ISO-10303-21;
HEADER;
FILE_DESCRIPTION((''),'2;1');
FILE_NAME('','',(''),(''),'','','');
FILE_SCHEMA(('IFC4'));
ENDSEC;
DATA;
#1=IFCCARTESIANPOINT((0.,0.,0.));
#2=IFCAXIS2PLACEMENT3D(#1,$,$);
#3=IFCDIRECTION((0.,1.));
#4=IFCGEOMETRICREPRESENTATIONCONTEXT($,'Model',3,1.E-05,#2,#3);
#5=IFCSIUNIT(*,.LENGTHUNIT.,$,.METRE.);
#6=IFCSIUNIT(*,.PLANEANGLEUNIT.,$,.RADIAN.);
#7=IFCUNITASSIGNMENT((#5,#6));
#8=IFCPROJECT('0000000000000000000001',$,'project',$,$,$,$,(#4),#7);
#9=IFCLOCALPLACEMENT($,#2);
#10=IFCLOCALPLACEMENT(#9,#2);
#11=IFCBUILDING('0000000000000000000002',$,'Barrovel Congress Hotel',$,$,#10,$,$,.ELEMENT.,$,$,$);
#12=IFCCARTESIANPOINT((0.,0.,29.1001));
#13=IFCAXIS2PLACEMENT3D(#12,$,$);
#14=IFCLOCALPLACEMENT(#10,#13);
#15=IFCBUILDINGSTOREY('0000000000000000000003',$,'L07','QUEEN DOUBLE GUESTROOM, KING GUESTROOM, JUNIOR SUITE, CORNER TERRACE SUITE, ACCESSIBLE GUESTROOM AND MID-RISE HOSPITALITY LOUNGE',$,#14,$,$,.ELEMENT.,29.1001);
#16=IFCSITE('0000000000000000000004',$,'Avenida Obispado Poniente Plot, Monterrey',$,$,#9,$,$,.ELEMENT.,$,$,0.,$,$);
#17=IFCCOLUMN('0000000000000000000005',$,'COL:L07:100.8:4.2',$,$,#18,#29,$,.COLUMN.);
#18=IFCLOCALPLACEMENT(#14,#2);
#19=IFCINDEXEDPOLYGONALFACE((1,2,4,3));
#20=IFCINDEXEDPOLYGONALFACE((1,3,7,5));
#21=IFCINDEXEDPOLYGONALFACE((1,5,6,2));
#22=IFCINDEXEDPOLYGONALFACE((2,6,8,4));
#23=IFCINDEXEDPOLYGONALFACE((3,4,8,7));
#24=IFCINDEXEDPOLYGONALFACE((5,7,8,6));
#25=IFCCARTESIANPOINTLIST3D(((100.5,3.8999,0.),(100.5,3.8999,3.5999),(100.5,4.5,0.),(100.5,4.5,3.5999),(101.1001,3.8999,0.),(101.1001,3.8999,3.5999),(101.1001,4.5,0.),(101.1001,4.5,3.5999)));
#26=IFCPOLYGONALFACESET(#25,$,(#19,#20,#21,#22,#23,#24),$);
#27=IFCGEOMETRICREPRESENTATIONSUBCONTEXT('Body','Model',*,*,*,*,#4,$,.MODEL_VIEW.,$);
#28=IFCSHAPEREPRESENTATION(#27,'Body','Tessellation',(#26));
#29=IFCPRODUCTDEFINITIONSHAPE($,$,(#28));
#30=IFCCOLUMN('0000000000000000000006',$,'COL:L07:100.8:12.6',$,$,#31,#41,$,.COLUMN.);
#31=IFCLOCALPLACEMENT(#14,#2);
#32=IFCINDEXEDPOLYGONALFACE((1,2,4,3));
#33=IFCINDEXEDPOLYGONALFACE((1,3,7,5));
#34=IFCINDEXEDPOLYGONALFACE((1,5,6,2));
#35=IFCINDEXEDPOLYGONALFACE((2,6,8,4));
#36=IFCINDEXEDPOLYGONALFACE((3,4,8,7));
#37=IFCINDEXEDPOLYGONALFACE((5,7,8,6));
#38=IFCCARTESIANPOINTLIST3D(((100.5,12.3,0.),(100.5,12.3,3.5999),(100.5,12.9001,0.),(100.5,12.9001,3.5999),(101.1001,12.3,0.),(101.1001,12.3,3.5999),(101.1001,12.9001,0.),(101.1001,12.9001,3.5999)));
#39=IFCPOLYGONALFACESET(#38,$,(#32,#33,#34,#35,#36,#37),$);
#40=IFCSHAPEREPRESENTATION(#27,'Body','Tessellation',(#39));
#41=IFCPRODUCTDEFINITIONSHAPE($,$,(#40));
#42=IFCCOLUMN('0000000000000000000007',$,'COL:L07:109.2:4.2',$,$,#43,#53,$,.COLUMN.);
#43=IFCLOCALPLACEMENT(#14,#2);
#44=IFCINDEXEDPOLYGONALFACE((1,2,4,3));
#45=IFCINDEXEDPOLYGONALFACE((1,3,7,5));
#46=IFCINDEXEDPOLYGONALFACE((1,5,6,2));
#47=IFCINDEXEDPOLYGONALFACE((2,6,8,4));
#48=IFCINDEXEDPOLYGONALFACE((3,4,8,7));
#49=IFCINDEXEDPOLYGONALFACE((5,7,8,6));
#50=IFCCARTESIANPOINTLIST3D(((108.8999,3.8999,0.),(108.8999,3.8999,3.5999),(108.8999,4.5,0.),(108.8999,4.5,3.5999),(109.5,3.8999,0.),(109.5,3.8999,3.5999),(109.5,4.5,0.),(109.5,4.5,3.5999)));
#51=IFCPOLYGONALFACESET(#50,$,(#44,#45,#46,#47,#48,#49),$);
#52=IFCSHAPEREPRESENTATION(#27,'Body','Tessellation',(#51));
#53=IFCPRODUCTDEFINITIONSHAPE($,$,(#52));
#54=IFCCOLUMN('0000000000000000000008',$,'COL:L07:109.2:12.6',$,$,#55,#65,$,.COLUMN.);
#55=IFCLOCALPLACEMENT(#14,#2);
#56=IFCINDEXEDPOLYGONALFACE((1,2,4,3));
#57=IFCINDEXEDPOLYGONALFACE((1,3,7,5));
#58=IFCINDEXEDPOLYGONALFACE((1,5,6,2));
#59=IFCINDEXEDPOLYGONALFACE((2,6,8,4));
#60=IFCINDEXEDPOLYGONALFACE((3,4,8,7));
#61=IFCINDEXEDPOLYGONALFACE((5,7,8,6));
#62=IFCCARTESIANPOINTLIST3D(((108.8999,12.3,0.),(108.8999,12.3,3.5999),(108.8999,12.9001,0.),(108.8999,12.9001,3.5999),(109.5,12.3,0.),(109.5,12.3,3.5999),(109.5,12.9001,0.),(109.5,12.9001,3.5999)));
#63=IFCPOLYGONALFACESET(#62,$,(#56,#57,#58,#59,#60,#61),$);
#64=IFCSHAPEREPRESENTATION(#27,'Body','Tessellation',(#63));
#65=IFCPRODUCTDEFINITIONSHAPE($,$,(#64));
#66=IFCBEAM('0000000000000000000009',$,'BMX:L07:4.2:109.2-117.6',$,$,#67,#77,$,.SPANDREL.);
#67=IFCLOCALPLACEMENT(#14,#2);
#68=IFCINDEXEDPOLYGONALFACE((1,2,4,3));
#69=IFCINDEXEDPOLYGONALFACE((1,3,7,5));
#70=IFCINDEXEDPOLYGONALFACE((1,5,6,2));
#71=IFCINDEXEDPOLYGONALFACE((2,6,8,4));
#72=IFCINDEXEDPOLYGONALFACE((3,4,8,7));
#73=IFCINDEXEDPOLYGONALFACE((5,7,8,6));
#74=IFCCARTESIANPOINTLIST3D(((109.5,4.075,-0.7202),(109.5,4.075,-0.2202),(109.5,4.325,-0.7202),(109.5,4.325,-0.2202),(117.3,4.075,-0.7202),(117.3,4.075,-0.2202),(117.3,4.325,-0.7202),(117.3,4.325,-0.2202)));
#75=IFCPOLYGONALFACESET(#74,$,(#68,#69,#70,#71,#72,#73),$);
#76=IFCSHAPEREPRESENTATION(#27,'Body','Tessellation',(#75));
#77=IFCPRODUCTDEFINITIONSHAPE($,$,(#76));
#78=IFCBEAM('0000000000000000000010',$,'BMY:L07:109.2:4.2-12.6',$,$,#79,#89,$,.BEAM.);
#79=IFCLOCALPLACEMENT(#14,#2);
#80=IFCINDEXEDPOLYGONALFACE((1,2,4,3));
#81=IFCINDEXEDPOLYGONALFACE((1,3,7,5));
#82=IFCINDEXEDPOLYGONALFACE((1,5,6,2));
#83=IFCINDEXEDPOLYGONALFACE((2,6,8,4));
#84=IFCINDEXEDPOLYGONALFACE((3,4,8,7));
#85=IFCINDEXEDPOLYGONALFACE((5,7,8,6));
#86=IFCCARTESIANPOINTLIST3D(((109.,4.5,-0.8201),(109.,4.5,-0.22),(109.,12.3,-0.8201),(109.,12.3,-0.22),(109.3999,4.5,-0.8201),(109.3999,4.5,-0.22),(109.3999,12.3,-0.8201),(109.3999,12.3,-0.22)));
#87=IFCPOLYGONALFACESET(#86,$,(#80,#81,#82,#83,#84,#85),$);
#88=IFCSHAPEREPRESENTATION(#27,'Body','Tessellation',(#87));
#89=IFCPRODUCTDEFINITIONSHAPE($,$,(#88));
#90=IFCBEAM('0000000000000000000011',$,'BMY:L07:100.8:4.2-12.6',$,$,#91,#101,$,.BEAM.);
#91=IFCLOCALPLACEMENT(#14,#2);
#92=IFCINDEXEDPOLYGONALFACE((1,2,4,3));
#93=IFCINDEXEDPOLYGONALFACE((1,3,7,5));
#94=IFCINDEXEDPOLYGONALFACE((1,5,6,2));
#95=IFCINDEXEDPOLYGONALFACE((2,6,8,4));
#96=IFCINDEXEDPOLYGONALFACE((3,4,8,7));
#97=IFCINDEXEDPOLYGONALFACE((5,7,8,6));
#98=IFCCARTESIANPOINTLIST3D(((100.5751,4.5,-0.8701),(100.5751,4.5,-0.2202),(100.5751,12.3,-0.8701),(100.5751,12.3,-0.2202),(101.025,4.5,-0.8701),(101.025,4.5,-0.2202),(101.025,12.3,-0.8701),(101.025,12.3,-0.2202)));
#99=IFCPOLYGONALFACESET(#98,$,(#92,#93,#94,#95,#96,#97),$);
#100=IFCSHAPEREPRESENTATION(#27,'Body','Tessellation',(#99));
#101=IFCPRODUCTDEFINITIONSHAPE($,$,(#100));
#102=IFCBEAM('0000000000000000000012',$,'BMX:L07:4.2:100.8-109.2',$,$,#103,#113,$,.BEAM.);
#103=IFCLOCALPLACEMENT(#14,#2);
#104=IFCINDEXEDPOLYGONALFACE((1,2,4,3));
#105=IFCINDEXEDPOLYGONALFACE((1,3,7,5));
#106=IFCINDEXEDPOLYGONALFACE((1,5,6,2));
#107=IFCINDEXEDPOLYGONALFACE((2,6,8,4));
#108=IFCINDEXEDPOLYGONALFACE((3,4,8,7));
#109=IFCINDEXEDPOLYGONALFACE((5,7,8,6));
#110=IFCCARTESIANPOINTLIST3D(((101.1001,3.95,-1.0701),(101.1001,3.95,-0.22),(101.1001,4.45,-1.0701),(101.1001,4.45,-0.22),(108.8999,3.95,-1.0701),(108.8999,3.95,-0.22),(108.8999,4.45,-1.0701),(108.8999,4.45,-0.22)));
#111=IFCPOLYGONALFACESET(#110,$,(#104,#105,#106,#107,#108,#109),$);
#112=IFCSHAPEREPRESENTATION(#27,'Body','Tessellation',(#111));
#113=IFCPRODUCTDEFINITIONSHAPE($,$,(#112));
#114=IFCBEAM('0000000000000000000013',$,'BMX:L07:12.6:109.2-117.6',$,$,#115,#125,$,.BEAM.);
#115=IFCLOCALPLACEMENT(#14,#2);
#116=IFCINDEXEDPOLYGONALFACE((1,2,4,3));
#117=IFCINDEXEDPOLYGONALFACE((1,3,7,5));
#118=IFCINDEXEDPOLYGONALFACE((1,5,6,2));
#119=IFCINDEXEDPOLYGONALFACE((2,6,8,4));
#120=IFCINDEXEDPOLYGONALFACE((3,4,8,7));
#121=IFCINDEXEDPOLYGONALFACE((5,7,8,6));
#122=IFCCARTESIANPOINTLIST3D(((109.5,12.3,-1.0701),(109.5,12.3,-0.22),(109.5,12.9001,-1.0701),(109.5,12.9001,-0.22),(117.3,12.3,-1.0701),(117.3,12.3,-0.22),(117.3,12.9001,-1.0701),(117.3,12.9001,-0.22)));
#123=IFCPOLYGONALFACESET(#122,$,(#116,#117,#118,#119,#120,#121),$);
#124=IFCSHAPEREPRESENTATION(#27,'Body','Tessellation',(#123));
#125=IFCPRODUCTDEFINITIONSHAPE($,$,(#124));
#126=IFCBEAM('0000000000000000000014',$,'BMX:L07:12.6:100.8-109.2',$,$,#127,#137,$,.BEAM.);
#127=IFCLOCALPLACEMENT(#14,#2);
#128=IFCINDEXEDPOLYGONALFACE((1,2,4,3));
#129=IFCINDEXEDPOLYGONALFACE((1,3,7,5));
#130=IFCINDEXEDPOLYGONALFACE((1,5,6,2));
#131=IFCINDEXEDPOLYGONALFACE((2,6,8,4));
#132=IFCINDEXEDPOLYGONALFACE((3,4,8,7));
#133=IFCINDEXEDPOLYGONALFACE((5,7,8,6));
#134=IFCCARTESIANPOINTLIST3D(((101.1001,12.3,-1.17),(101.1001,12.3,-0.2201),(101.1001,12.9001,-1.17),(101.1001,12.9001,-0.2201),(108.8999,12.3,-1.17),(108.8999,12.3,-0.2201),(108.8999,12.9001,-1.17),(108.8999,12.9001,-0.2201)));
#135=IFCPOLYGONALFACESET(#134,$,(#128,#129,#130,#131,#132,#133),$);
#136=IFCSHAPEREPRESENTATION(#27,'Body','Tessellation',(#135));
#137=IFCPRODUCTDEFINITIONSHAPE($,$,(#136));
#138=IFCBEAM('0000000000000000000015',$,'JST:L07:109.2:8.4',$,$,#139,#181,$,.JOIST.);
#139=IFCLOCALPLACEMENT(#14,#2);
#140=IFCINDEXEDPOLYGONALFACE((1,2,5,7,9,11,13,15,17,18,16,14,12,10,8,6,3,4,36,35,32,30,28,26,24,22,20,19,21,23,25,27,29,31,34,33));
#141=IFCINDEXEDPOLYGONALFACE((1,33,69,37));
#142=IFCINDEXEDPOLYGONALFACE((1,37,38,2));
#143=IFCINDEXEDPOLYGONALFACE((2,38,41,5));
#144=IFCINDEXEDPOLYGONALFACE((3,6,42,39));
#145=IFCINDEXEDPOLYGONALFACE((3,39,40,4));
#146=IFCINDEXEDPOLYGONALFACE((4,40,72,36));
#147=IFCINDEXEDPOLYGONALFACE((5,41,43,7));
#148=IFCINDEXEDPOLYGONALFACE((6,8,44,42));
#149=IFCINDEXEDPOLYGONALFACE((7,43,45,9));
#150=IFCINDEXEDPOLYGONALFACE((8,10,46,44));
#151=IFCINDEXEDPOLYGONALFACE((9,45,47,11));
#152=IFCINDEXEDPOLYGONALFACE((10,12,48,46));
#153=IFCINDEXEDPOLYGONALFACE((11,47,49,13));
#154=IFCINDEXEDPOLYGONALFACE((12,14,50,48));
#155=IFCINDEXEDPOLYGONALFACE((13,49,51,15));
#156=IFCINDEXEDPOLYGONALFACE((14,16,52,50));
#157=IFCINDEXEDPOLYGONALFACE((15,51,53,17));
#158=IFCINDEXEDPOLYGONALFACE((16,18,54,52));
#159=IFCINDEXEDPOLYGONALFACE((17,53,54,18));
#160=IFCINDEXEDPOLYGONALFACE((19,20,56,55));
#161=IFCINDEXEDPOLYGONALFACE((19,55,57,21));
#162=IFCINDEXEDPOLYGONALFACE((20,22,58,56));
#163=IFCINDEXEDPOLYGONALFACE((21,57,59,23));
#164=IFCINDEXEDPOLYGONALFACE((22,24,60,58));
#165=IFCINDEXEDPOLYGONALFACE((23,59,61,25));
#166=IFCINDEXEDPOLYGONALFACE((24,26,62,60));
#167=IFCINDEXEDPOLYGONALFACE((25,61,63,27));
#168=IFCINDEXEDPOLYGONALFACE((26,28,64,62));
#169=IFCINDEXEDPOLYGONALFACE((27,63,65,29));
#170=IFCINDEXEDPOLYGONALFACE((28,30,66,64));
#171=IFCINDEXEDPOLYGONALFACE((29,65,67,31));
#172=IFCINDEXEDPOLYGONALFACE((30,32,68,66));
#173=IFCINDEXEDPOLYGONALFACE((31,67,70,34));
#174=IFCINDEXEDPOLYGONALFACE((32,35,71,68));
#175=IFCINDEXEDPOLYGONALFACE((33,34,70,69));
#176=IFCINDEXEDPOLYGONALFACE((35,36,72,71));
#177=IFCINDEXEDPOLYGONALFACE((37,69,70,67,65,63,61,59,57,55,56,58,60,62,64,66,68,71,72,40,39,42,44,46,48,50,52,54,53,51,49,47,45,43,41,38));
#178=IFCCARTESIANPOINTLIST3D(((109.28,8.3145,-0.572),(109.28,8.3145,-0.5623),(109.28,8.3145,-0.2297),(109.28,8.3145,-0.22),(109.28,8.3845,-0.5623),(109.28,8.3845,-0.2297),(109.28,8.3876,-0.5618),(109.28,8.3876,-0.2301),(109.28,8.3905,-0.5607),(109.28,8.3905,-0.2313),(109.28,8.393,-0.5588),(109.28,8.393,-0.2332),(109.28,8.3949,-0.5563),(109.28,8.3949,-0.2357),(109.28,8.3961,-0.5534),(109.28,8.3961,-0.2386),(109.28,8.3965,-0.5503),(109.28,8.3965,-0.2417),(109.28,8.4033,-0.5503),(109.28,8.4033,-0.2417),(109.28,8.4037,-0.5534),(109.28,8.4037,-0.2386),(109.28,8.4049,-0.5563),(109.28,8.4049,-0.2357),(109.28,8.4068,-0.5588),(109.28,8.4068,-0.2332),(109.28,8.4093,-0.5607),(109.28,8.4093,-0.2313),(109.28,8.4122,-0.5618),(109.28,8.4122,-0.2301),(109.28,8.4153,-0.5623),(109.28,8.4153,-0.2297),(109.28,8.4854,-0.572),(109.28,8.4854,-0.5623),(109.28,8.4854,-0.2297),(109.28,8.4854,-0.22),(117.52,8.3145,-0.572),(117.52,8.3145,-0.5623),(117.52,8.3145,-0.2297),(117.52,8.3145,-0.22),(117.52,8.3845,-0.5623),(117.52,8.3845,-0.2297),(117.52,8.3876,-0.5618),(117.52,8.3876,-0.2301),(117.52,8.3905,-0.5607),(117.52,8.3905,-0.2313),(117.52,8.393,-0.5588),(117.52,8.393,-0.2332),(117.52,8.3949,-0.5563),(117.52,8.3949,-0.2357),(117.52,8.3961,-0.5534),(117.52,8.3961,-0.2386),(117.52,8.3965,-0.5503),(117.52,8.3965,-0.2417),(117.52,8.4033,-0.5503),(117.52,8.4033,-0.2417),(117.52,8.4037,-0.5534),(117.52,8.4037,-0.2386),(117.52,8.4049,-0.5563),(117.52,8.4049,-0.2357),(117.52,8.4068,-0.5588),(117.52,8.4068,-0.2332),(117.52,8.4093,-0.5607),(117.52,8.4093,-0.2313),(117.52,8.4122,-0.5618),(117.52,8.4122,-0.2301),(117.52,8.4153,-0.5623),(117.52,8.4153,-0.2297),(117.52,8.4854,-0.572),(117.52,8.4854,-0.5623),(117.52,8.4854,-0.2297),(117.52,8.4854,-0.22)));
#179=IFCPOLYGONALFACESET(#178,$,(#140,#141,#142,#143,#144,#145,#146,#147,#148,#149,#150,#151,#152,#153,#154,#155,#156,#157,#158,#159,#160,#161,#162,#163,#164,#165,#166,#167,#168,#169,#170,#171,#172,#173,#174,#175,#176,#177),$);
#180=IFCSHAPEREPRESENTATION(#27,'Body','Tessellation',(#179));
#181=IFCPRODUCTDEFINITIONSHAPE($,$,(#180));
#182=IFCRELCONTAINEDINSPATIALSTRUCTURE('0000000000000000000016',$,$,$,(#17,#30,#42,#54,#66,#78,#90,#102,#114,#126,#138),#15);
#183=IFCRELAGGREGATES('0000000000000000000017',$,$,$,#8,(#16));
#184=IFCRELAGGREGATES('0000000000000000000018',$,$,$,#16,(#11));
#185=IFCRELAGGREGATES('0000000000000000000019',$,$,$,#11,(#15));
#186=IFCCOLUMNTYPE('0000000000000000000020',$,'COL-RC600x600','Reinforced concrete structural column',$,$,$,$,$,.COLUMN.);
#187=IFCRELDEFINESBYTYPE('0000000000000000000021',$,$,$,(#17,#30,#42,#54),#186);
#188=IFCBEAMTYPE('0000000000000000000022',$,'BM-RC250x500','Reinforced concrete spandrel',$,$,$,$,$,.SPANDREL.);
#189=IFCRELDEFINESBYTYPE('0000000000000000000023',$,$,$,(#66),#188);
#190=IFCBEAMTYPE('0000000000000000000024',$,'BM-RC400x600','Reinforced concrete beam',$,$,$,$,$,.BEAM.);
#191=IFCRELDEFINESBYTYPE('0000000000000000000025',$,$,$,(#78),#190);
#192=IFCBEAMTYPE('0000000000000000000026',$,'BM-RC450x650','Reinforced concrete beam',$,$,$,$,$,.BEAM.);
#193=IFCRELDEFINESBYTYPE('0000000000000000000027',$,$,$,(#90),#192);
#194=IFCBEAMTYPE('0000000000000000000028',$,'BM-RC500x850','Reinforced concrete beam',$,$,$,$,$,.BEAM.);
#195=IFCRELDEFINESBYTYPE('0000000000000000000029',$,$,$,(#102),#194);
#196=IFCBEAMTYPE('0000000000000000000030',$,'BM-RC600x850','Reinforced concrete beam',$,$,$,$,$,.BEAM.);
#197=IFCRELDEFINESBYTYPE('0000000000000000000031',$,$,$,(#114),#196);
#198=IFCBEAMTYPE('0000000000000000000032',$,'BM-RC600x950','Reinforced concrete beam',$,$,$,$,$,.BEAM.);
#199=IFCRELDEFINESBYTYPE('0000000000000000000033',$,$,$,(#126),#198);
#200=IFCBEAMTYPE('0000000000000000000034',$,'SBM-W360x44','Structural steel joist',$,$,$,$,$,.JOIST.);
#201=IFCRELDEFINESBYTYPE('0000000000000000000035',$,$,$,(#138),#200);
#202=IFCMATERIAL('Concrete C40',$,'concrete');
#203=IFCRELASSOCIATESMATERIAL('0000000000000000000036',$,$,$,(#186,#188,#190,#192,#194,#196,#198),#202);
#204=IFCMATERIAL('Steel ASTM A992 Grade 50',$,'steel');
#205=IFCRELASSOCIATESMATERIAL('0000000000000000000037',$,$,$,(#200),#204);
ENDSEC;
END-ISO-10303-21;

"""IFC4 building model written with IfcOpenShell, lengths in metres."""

from ifc_helpers import new_model, si_unit, direction, frame, origin, origin_2d, place, context, subcontext, project, spatial, rectangle, i_section, extrude, material, material_profile, profile_set, type_object, element, save


model = new_model("IFC4")

# Units and contexts
model_context = context("Model", 3, precision=1e-05, world=origin(), true_north=direction((0.0, 1.0)))
body_context = subcontext(model_context, "Body", "Model", "MODEL_VIEW")
ifc_project = project(units=[si_unit("LENGTHUNIT", "METRE"), si_unit("PLANEANGLEUNIT", "RADIAN")], contexts=[model_context])

# Site, building, storey
site_placement = place(None, origin())
site = spatial("IfcSite", under=ifc_project, at=site_placement, Name="Avenida Obispado Poniente Plot, Monterrey", CompositionType="ELEMENT", RefElevation=0.0)
building_placement = place(site_placement, origin())
building = spatial("IfcBuilding", under=site, at=building_placement, Name="Barrovel Congress Hotel", CompositionType="ELEMENT")
storey_placement = place(building_placement, frame((0.0, 0.0, 29.1001)))
storey = spatial("IfcBuildingStorey", under=building, at=storey_placement, Name="L07", Description="QUEEN DOUBLE GUESTROOM, KING GUESTROOM, JUNIOR SUITE, CORNER TERRACE SUITE, ACCESSIBLE GUESTROOM AND MID-RISE HOSPITALITY LOUNGE", CompositionType="ELEMENT", Elevation=29.1001)

# Columns
ifc_material_1 = material(Name="Concrete C40", Category="concrete")
ifc_material_profile_1 = material_profile(ifc_material_1, rectangle(XDim=0.6001, YDim=0.6001, at=origin_2d()), Name="RC600x600")
ifc_profile_set_1 = profile_set([ifc_material_profile_1], Name="Concrete C40")
column_type = type_object("IfcColumnType", Name="COL-RC600x600", Description="Reinforced concrete structural column", PredefinedType="COLUMN", material=ifc_profile_set_1)
for number, where, z_axis, x_axis, name in (
    (1, (100.8, 4.2, 0.0), (0.0, 0.0, 1.0), (1.0, 0.0, 0.0), "COL:L07:100.8:4.2"),
    (2, (100.8, 12.6001, 0.0), (0.0, 0.0, 1.0), (1.0, 0.0, 0.0), "COL:L07:100.8:12.6"),
    (3, (109.2, 4.2, 0.0), (0.0, 0.0, 1.0), (1.0, 0.0, 0.0), "COL:L07:109.2:4.2"),
    (4, (109.2, 12.6001, 0.0), (0.0, 0.0, 1.0), (1.0, 0.0, 0.0), "COL:L07:109.2:12.6"),
):
    element("IfcColumn", number, at=place(storey_placement, frame(where, z_axis=z_axis, x_axis=x_axis)), inside=storey, type_object=column_type, Name=name, PredefinedType="COLUMN", context=body_context, shape_type="SweptSolid", body=[
        extrude(rectangle(XDim=0.6001, YDim=0.6001, at=origin_2d()), origin(), (0.0, 0.0, 1.0), 3.5999),
    ])

# Beams
ifc_material_profile_2 = material_profile(ifc_material_1, rectangle(XDim=0.25, YDim=0.5, at=origin_2d()), Name="RC250x500")
ifc_profile_set_2 = profile_set([ifc_material_profile_2], Name="Concrete C40")
beam_type_1 = type_object("IfcBeamType", Name="BM-RC250x500", Description="Reinforced concrete spandrel", PredefinedType="SPANDREL", material=ifc_profile_set_2)
beam_1_placement = place(storey_placement, frame((109.5, 4.2, -0.4702), z_axis=(1.0, 0.0, 0.0), x_axis=(0.0, 1.0, 0.0)))
element("IfcBeam", 5, at=beam_1_placement, inside=storey, type_object=beam_type_1, Name="BMX:L07:4.2:109.2-117.6", PredefinedType="SPANDREL", context=body_context, shape_type="SweptSolid", body=[
    extrude(rectangle(XDim=0.25, YDim=0.5, at=origin_2d()), origin(), (0.0, 0.0, 1.0), 7.8),
])
ifc_material_profile_3 = material_profile(ifc_material_1, rectangle(XDim=0.3999, YDim=0.6001, at=origin_2d()), Name="RC400x600")
ifc_profile_set_3 = profile_set([ifc_material_profile_3], Name="Concrete C40")
beam_type_2 = type_object("IfcBeamType", Name="BM-RC400x600", Description="Reinforced concrete beam", PredefinedType="BEAM", material=ifc_profile_set_3)
beam_2_placement = place(storey_placement, frame((109.2, 4.5, -0.52), z_axis=(0.0, 1.0, 0.0), x_axis=(-1.0, 0.0, 0.0)))
element("IfcBeam", 6, at=beam_2_placement, inside=storey, type_object=beam_type_2, Name="BMY:L07:109.2:4.2-12.6", PredefinedType="BEAM", context=body_context, shape_type="SweptSolid", body=[
    extrude(rectangle(XDim=0.3999, YDim=0.6001, at=origin_2d()), origin(), (0.0, 0.0, 1.0), 7.8),
])
ifc_material_profile_4 = material_profile(ifc_material_1, rectangle(XDim=0.45, YDim=0.6499, at=origin_2d()), Name="RC450x650")
ifc_profile_set_4 = profile_set([ifc_material_profile_4], Name="Concrete C40")
beam_type_3 = type_object("IfcBeamType", Name="BM-RC450x650", Description="Reinforced concrete beam", PredefinedType="BEAM", material=ifc_profile_set_4)
beam_3_placement = place(storey_placement, frame((100.8, 4.5, -0.5452), z_axis=(0.0, 1.0, 0.0), x_axis=(-1.0, 0.0, 0.0)))
element("IfcBeam", 7, at=beam_3_placement, inside=storey, type_object=beam_type_3, Name="BMY:L07:100.8:4.2-12.6", PredefinedType="BEAM", context=body_context, shape_type="SweptSolid", body=[
    extrude(rectangle(XDim=0.45, YDim=0.6499, at=origin_2d()), origin(), (0.0, 0.0, 1.0), 7.8),
])
ifc_material_profile_5 = material_profile(ifc_material_1, rectangle(XDim=0.5, YDim=0.8501, at=origin_2d()), Name="RC500x850")
ifc_profile_set_5 = profile_set([ifc_material_profile_5], Name="Concrete C40")
beam_type_4 = type_object("IfcBeamType", Name="BM-RC500x850", Description="Reinforced concrete beam", PredefinedType="BEAM", material=ifc_profile_set_5)
beam_4_placement = place(storey_placement, frame((101.1001, 4.2, -0.645), z_axis=(1.0, 0.0, 0.0), x_axis=(0.0, 1.0, 0.0)))
element("IfcBeam", 8, at=beam_4_placement, inside=storey, type_object=beam_type_4, Name="BMX:L07:4.2:100.8-109.2", PredefinedType="BEAM", context=body_context, shape_type="SweptSolid", body=[
    extrude(rectangle(XDim=0.5, YDim=0.8501, at=origin_2d()), origin(), (0.0, 0.0, 1.0), 7.7998),
])
ifc_material_profile_6 = material_profile(ifc_material_1, rectangle(XDim=0.6001, YDim=0.8501, at=origin_2d()), Name="RC600x850")
ifc_profile_set_6 = profile_set([ifc_material_profile_6], Name="Concrete C40")
beam_type_5 = type_object("IfcBeamType", Name="BM-RC600x850", Description="Reinforced concrete beam", PredefinedType="BEAM", material=ifc_profile_set_6)
beam_5_placement = place(storey_placement, frame((109.5, 12.6001, -0.645), z_axis=(1.0, 0.0, 0.0), x_axis=(0.0, 1.0, 0.0)))
element("IfcBeam", 9, at=beam_5_placement, inside=storey, type_object=beam_type_5, Name="BMX:L07:12.6:109.2-117.6", PredefinedType="BEAM", context=body_context, shape_type="SweptSolid", body=[
    extrude(rectangle(XDim=0.6001, YDim=0.8501, at=origin_2d()), origin(), (0.0, 0.0, 1.0), 7.8),
])
ifc_material_profile_7 = material_profile(ifc_material_1, rectangle(XDim=0.6001, YDim=0.95, at=origin_2d()), Name="RC600x950")
ifc_profile_set_7 = profile_set([ifc_material_profile_7], Name="Concrete C40")
beam_type_6 = type_object("IfcBeamType", Name="BM-RC600x950", Description="Reinforced concrete beam", PredefinedType="BEAM", material=ifc_profile_set_7)
beam_6_placement = place(storey_placement, frame((101.1001, 12.6001, -0.6951), z_axis=(1.0, 0.0, 0.0), x_axis=(0.0, 1.0, 0.0)))
element("IfcBeam", 10, at=beam_6_placement, inside=storey, type_object=beam_type_6, Name="BMX:L07:12.6:100.8-109.2", PredefinedType="BEAM", context=body_context, shape_type="SweptSolid", body=[
    extrude(rectangle(XDim=0.6001, YDim=0.95, at=origin_2d()), origin(), (0.0, 0.0, 1.0), 7.7998),
])
ifc_material_2 = material(Name="Steel ASTM A992 Grade 50", Category="steel")
ifc_material_profile_8 = material_profile(ifc_material_2, i_section(OverallWidth=0.1709, OverallDepth=0.3521, WebThickness=0.0068, FlangeThickness=0.0098, FilletRadius=0.012, at=origin_2d()), Name="W360x44")
ifc_profile_set_8 = profile_set([ifc_material_profile_8], Name="Steel ASTM A992 Grade 50")
beam_type_7 = type_object("IfcBeamType", Name="SBM-W360x44", Description="Structural steel joist", PredefinedType="JOIST", material=ifc_profile_set_8)
beam_7_placement = place(storey_placement, frame((109.28, 8.3999, -0.396), z_axis=(1.0, 0.0, 0.0), x_axis=(0.0, 1.0, 0.0)))
element("IfcBeam", 11, at=beam_7_placement, inside=storey, type_object=beam_type_7, Name="JST:L07:109.2:8.4", PredefinedType="JOIST", context=body_context, shape_type="SweptSolid", body=[
    extrude(i_section(OverallWidth=0.1709, OverallDepth=0.3521, WebThickness=0.0068, FlangeThickness=0.0098, FilletRadius=0.012, at=origin_2d()), origin(), (0.0, 0.0, 1.0), 8.24),
])

save(model, "model.ifc")
